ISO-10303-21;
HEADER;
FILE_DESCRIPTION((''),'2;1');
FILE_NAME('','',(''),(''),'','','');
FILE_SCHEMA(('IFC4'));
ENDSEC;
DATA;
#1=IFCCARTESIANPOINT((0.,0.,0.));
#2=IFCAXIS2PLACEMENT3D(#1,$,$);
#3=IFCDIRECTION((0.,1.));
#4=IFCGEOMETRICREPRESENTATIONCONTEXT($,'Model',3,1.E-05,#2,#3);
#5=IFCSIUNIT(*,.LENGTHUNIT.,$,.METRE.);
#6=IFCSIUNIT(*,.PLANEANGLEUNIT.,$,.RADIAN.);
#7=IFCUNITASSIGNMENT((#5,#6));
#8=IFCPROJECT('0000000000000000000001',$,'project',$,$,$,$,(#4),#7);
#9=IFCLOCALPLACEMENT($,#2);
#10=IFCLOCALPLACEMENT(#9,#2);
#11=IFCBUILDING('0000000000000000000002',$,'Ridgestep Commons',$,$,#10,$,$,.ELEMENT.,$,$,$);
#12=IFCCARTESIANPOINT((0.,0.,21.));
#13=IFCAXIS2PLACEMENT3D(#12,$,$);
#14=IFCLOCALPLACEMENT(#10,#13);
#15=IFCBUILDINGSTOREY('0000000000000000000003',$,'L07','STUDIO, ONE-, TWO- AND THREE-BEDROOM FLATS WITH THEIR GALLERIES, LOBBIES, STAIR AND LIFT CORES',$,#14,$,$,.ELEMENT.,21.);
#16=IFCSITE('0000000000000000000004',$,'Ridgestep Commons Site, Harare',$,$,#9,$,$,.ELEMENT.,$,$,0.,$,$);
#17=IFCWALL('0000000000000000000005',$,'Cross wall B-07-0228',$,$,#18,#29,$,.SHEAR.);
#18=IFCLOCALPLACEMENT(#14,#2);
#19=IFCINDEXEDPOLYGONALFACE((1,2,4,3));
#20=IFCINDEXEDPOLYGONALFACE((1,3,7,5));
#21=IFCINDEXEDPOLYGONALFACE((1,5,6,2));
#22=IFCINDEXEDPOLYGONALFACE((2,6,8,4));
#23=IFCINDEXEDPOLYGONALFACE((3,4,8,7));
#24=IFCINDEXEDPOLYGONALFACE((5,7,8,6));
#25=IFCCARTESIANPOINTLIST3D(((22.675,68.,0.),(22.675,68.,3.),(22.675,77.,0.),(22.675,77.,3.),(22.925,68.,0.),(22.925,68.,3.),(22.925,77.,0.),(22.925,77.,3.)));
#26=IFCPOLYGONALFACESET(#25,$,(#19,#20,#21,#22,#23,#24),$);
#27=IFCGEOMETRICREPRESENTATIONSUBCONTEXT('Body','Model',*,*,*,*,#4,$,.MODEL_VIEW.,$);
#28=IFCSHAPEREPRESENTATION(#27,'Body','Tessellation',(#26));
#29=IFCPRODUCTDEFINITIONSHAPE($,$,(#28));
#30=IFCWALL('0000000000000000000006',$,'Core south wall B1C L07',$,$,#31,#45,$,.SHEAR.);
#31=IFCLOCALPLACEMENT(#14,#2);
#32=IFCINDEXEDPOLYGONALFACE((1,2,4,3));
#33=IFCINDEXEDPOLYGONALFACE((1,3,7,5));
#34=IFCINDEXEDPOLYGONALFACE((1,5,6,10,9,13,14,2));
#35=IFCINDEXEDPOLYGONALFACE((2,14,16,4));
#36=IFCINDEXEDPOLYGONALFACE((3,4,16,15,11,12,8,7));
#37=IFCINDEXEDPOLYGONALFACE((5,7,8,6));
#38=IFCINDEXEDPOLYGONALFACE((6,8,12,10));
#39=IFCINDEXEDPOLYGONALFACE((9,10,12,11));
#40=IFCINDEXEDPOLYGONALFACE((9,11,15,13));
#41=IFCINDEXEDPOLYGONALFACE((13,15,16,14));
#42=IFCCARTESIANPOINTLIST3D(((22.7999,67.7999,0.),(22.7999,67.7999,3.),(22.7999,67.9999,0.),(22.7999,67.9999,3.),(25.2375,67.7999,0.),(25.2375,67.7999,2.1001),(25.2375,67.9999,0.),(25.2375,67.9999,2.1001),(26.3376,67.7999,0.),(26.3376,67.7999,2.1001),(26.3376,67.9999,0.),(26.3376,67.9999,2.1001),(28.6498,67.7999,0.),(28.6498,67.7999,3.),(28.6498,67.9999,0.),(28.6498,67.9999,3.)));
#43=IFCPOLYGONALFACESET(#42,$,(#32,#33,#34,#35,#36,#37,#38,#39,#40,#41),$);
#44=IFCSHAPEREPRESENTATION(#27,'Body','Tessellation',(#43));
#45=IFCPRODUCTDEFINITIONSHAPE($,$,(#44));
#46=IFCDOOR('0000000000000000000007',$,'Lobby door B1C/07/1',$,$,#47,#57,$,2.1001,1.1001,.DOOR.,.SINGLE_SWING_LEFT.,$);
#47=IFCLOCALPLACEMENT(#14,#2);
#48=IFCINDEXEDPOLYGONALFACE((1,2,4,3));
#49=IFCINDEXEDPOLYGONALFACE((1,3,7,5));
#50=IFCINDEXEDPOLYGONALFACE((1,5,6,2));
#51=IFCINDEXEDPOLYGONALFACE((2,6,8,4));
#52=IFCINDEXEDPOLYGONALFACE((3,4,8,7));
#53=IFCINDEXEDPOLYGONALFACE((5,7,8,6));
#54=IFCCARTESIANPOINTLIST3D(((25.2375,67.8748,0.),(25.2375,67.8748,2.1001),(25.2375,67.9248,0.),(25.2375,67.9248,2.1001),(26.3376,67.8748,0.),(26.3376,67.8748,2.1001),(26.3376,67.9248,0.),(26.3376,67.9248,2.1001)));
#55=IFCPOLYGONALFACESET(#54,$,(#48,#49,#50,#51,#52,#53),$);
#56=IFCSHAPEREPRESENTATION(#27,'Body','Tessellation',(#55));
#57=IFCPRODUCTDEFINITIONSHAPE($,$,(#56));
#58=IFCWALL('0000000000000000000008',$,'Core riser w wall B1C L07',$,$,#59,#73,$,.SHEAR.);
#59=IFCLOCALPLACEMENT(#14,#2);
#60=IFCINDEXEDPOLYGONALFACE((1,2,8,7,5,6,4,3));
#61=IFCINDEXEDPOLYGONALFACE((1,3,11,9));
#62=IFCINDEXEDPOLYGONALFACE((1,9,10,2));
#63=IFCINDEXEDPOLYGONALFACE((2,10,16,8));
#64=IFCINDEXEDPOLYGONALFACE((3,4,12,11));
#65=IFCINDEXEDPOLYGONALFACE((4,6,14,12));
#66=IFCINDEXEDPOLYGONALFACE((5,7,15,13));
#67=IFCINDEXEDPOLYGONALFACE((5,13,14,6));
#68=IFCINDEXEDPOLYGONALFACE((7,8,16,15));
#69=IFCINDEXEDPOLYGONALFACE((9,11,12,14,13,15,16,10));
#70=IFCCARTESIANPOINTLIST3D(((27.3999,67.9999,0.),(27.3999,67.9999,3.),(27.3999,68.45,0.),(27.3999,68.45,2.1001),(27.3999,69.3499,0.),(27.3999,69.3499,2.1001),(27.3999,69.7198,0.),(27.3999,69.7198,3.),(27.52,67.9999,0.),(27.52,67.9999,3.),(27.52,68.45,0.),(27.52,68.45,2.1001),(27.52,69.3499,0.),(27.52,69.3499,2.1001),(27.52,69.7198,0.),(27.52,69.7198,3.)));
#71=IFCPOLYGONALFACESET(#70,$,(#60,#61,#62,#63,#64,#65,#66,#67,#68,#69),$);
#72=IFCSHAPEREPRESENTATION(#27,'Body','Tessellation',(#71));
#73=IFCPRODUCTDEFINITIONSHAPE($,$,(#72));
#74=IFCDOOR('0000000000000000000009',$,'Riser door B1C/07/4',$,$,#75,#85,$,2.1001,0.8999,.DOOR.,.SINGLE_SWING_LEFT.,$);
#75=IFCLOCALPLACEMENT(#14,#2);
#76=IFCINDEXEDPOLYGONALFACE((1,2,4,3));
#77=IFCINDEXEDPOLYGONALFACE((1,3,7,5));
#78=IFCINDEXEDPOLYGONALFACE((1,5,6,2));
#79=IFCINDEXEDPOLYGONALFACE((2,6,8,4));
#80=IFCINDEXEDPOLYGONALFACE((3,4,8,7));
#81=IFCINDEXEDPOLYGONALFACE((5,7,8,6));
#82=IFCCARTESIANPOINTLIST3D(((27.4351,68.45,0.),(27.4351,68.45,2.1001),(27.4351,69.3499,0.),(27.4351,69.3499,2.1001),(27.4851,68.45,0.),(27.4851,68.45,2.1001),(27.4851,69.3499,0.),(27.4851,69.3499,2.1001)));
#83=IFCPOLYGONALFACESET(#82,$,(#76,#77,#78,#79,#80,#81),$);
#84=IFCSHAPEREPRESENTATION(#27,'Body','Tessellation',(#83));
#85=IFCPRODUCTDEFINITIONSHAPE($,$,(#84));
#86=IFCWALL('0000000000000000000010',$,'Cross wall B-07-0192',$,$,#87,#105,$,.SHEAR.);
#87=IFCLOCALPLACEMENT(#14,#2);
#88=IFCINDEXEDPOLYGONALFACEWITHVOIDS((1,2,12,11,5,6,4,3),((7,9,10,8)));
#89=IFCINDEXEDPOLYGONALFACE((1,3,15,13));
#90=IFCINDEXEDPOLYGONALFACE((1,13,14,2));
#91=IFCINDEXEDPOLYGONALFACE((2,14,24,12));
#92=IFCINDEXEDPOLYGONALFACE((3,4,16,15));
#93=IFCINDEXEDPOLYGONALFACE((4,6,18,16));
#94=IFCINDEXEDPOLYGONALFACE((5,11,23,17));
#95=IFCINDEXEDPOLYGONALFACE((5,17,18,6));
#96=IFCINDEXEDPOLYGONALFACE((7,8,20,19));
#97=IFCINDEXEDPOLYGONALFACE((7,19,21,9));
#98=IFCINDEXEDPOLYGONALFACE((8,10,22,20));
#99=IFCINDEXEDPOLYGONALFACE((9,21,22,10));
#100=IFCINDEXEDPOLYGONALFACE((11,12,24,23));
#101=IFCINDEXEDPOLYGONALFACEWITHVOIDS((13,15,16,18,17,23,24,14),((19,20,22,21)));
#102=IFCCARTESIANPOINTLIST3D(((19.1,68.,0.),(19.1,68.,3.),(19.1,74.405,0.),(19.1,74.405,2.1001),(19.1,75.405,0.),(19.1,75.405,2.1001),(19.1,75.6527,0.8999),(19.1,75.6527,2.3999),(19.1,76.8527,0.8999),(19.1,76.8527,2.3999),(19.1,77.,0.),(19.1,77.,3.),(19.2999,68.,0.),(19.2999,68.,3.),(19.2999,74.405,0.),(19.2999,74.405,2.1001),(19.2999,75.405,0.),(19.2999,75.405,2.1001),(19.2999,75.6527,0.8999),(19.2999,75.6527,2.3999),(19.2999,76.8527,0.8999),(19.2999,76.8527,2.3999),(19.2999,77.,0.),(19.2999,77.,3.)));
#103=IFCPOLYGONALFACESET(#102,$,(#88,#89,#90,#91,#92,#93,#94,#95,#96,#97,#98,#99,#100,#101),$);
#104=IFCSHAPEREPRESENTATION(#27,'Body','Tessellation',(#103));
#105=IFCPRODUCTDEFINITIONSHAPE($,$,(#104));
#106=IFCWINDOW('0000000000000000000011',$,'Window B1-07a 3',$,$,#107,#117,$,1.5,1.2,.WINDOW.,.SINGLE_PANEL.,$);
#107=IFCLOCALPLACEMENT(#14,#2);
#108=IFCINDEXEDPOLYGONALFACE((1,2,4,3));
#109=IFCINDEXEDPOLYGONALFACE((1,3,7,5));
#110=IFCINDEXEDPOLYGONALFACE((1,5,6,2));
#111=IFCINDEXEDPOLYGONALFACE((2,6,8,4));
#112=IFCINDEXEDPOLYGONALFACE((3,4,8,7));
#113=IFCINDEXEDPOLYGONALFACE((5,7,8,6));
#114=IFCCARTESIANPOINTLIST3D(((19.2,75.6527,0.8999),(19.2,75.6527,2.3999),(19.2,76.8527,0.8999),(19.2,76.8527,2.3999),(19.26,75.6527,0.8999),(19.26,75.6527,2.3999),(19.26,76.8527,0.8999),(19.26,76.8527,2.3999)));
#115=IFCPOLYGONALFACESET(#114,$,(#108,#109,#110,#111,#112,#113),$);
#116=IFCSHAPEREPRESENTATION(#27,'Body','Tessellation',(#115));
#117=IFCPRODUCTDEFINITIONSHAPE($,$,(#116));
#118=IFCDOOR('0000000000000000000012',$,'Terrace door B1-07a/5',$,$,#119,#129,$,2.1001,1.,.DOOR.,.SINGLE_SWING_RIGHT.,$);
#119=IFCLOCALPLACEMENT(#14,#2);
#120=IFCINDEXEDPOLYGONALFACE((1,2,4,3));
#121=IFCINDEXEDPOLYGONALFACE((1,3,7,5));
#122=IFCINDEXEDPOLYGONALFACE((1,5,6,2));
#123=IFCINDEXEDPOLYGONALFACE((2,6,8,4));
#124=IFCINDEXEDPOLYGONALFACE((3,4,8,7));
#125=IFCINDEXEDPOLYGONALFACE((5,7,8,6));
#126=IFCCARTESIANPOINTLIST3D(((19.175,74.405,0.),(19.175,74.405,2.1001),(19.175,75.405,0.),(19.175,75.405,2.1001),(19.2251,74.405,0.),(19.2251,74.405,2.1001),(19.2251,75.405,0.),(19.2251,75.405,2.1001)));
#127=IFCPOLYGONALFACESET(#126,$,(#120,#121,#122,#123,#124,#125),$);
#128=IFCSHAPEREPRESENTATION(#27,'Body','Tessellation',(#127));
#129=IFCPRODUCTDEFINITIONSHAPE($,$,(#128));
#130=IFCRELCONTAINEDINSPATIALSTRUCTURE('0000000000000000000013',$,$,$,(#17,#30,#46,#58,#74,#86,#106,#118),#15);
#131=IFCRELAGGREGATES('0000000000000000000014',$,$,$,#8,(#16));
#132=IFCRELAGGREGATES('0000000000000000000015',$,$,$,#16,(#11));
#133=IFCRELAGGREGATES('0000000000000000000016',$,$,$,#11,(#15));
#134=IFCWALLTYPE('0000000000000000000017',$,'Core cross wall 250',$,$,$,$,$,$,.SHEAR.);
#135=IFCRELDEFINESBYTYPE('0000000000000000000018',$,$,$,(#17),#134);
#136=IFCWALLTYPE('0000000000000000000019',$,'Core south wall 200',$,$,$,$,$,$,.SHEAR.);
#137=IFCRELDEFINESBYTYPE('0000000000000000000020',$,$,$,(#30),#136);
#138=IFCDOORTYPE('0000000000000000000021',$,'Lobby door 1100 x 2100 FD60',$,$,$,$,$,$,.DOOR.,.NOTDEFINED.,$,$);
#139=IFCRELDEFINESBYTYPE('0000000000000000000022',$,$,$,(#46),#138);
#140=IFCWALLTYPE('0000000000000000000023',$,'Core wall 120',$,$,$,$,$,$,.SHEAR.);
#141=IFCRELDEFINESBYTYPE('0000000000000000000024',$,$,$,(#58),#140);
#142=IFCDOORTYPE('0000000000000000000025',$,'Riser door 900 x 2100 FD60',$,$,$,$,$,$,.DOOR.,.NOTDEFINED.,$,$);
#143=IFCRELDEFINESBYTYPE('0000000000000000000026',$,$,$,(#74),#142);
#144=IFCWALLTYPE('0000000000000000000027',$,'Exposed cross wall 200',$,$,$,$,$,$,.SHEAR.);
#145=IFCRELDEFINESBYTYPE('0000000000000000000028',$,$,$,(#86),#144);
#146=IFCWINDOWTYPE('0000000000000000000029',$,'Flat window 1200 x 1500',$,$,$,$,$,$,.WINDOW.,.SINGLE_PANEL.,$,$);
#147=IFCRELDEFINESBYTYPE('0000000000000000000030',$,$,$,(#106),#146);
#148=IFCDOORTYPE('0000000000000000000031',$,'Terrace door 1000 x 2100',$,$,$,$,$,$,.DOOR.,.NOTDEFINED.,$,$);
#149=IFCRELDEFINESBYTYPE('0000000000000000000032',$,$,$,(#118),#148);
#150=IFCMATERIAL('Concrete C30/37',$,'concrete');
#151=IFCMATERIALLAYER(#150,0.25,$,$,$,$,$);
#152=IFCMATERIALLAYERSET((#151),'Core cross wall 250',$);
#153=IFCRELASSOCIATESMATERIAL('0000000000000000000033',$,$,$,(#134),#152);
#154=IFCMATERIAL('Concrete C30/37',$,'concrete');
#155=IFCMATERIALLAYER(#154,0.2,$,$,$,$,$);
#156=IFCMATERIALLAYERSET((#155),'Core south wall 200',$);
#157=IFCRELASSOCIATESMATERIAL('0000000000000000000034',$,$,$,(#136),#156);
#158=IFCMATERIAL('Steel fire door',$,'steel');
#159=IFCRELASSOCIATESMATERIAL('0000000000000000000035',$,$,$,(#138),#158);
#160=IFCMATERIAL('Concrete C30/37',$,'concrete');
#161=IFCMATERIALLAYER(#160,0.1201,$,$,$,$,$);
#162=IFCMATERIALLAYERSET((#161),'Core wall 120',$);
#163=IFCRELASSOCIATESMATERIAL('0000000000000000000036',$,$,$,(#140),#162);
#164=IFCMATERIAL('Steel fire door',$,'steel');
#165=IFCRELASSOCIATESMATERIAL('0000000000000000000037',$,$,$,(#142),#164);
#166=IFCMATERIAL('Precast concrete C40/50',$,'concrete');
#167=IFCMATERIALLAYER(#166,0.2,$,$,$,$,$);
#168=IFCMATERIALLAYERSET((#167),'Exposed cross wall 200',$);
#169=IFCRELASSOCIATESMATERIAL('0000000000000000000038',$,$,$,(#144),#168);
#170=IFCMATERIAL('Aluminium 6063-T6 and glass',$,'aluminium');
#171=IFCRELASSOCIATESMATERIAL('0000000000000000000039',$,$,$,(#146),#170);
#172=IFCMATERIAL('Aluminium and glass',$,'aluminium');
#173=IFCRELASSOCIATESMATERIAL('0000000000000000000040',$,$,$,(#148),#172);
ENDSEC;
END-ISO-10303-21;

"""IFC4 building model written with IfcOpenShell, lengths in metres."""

from ifc_helpers import new_model, si_unit, direction, frame, frame_2d, origin, place, context, subcontext, project, spatial, rectangle, extrude, material, layer, layer_set, type_object, element, fill, save


model = new_model("IFC4")

# Units and contexts
model_context = context("Model", 3, precision=1e-05, world=origin(), true_north=direction((0.0, 1.0)))
body_context = subcontext(model_context, "Body", "Model", "MODEL_VIEW")
ifc_project = project(units=[si_unit("LENGTHUNIT", "METRE"), si_unit("PLANEANGLEUNIT", "RADIAN")], contexts=[model_context])

# Site, building, storey
site_placement = place(None, origin())
site = spatial("IfcSite", under=ifc_project, at=site_placement, Name="Ridgestep Commons Site, Harare", CompositionType="ELEMENT", RefElevation=0.0)
building_placement = place(site_placement, origin())
building = spatial("IfcBuilding", under=site, at=building_placement, Name="Ridgestep Commons", CompositionType="ELEMENT")
storey_placement = place(building_placement, frame((0.0, 0.0, 21.0)))
storey = spatial("IfcBuildingStorey", under=building, at=storey_placement, Name="L07", Description="STUDIO, ONE-, TWO- AND THREE-BEDROOM FLATS WITH THEIR GALLERIES, LOBBIES, STAIR AND LIFT CORES", CompositionType="ELEMENT", Elevation=21.0)

# Wall
ifc_material_1 = material(Name="Concrete C30/37", Category="concrete")
ifc_layer_1 = layer(ifc_material_1, 0.25)
ifc_layer_set_1 = layer_set([ifc_layer_1], Name="Core cross wall 250")
wall_type_1 = type_object("IfcWallType", Name="Core cross wall 250", PredefinedType="SHEAR", material=ifc_layer_set_1)
wall_1_placement = place(storey_placement, frame((22.8, 68.0, 0.0), z_axis=(0.0, 0.0, 1.0), x_axis=(0.0, 1.0, 0.0)))
element("IfcWall", 1, at=wall_1_placement, inside=storey, type_object=wall_type_1, Name="Cross wall B-07-0228", PredefinedType="SHEAR", context=body_context, shape_type="SweptSolid", body=[
    extrude(rectangle(XDim=9.0, YDim=0.25, at=frame_2d((4.5, 0.0))), origin(), (0.0, 0.0, 1.0), 3.0),
])

# Walls, openings, doors
ifc_material_2 = material(Name="Concrete C30/37", Category="concrete")
ifc_layer_2 = layer(ifc_material_2, 0.2)
ifc_layer_set_2 = layer_set([ifc_layer_2], Name="Core south wall 200")
wall_type_2 = type_object("IfcWallType", Name="Core south wall 200", PredefinedType="SHEAR", material=ifc_layer_set_2)
wall_2_placement = place(storey_placement, frame((22.8, 67.8999, 0.0), z_axis=(0.0, 0.0, 1.0), x_axis=(1.0, 0.0, 0.0)))
wall_2 = element("IfcWall", 2, at=wall_2_placement, inside=storey, type_object=wall_type_2, Name="Core south wall B1C L07", PredefinedType="SHEAR", context=body_context, shape_type="SweptSolid", body=[
    extrude(rectangle(XDim=5.8499, YDim=0.2, at=frame_2d((2.9248, 0.0))), origin(), (0.0, 0.0, 1.0), 3.0),
])
opening_1_placement = place(wall_2_placement, frame((2.4375, 0.0, 0.0)))
opening_1 = element("IfcOpeningElement", 3, at=opening_1_placement, cuts=wall_2, PredefinedType="OPENING", context=body_context, shape_type="SweptSolid", body=[
    extrude(rectangle(XDim=1.1001, YDim=2.1001, at=frame_2d((0.55, 1.05))), frame((0.0, 0.1099, 0.0), z_axis=(0.0, -1.0, 0.0), x_axis=(1.0, 0.0, 0.0)), (0.0, 0.0, 1.0), 0.22),
])
ifc_material_3 = material(Name="Steel fire door", Category="steel")
door_type_1 = type_object("IfcDoorType", Name="Lobby door 1100 x 2100 FD60", OperationType="NOTDEFINED", PredefinedType="DOOR", material=ifc_material_3)
door_1_placement = place(opening_1_placement, origin())
door_1 = element("IfcDoor", 4, at=door_1_placement, inside=storey, type_object=door_type_1, Name="Lobby door B1C/07/1", OperationType="SINGLE_SWING_LEFT", OverallHeight=2.1001, OverallWidth=1.1001, PredefinedType="DOOR", context=body_context, shape_type="SweptSolid", body=[
    extrude(rectangle(XDim=1.1001, YDim=2.1001, at=frame_2d((0.55, 1.05))), frame((0.0, 0.0249, 0.0), z_axis=(0.0, -1.0, 0.0), x_axis=(1.0, 0.0, 0.0)), (0.0, 0.0, 1.0), 0.05),
])
fill(opening_1, door_1)
ifc_material_4 = material(Name="Concrete C30/37", Category="concrete")
ifc_layer_3 = layer(ifc_material_4, 0.1201)
ifc_layer_set_3 = layer_set([ifc_layer_3], Name="Core wall 120")
wall_type_3 = type_object("IfcWallType", Name="Core wall 120", PredefinedType="SHEAR", material=ifc_layer_set_3)
wall_3_placement = place(storey_placement, frame((27.46, 68.0, 0.0), z_axis=(0.0, 0.0, 1.0), x_axis=(0.0, 1.0, 0.0)))
wall_3 = element("IfcWall", 5, at=wall_3_placement, inside=storey, type_object=wall_type_3, Name="Core riser w wall B1C L07", PredefinedType="SHEAR", context=body_context, shape_type="SweptSolid", body=[
    extrude(rectangle(XDim=1.72, YDim=0.1201, at=frame_2d((0.8599, 0.0))), origin(), (0.0, 0.0, 1.0), 3.0),
])
opening_2_placement = place(wall_3_placement, frame((0.45, 0.0, 0.0)))
opening_2 = element("IfcOpeningElement", 6, at=opening_2_placement, cuts=wall_3, PredefinedType="OPENING", context=body_context, shape_type="SweptSolid", body=[
    extrude(rectangle(XDim=0.8999, YDim=2.1001, at=frame_2d((0.45, 1.05))), frame((0.0, 0.0701, 0.0), z_axis=(0.0, -1.0, 0.0), x_axis=(1.0, 0.0, 0.0)), (0.0, 0.0, 1.0), 0.1401),
])
ifc_material_5 = material(Name="Steel fire door", Category="steel")
door_type_2 = type_object("IfcDoorType", Name="Riser door 900 x 2100 FD60", OperationType="NOTDEFINED", PredefinedType="DOOR", material=ifc_material_5)
door_2_placement = place(opening_2_placement, origin())
door_2 = element("IfcDoor", 7, at=door_2_placement, inside=storey, type_object=door_type_2, Name="Riser door B1C/07/4", OperationType="SINGLE_SWING_LEFT", OverallHeight=2.1001, OverallWidth=0.8999, PredefinedType="DOOR", context=body_context, shape_type="SweptSolid", body=[
    extrude(rectangle(XDim=0.8999, YDim=2.1001, at=frame_2d((0.45, 1.05))), frame((0.0, 0.0249, 0.0), z_axis=(0.0, -1.0, 0.0), x_axis=(1.0, 0.0, 0.0)), (0.0, 0.0, 1.0), 0.05),
])
fill(opening_2, door_2)

# Wall, openings, window, door
ifc_material_6 = material(Name="Precast concrete C40/50", Category="concrete")
ifc_layer_4 = layer(ifc_material_6, 0.2)
ifc_layer_set_4 = layer_set([ifc_layer_4], Name="Exposed cross wall 200")
wall_type_4 = type_object("IfcWallType", Name="Exposed cross wall 200", PredefinedType="SHEAR", material=ifc_layer_set_4)
wall_4_placement = place(storey_placement, frame((19.2, 68.0, 0.0), z_axis=(0.0, 0.0, 1.0), x_axis=(0.0, 1.0, 0.0)))
wall_4 = element("IfcWall", 8, at=wall_4_placement, inside=storey, type_object=wall_type_4, Name="Cross wall B-07-0192", PredefinedType="SHEAR", context=body_context, shape_type="SweptSolid", body=[
    extrude(rectangle(XDim=9.0, YDim=0.2, at=frame_2d((4.5, 0.0))), origin(), (0.0, 0.0, 1.0), 3.0),
])
opening_3_placement = place(wall_4_placement, frame((7.6526, 0.0, 0.8999)))
opening_3 = element("IfcOpeningElement", 9, at=opening_3_placement, cuts=wall_4, PredefinedType="OPENING", context=body_context, shape_type="SweptSolid", body=[
    extrude(rectangle(XDim=1.2, YDim=1.5, at=frame_2d((0.6001, 0.75))), frame((0.0, 0.1099, 0.0), z_axis=(0.0, -1.0, 0.0), x_axis=(1.0, 0.0, 0.0)), (0.0, 0.0, 1.0), 0.22),
])
opening_4_placement = place(wall_4_placement, frame((6.405, 0.0, 0.0)))
opening_4 = element("IfcOpeningElement", 10, at=opening_4_placement, cuts=wall_4, PredefinedType="OPENING", context=body_context, shape_type="SweptSolid", body=[
    extrude(rectangle(XDim=1.0, YDim=2.1001, at=frame_2d((0.5, 1.05))), frame((0.0, 0.1099, 0.0), z_axis=(0.0, -1.0, 0.0), x_axis=(1.0, 0.0, 0.0)), (0.0, 0.0, 1.0), 0.22),
])
ifc_material_7 = material(Name="Aluminium 6063-T6 and glass", Category="aluminium")
window_type_1 = type_object("IfcWindowType", Name="Flat window 1200 x 1500", PartitioningType="SINGLE_PANEL", PredefinedType="WINDOW", material=ifc_material_7)
window_1_placement = place(opening_3_placement, origin())
window_1 = element("IfcWindow", 11, at=window_1_placement, inside=storey, type_object=window_type_1, Name="Window B1-07a 3", OverallHeight=1.5, OverallWidth=1.2, PartitioningType="SINGLE_PANEL", PredefinedType="WINDOW", context=body_context, shape_type="SweptSolid", body=[
    extrude(rectangle(XDim=1.2, YDim=1.5, at=frame_2d((0.6001, 0.75))), frame((0.0, 0.0, 0.0), z_axis=(0.0, -1.0, 0.0), x_axis=(1.0, 0.0, 0.0)), (0.0, 0.0, 1.0), 0.0601),
])
fill(opening_3, window_1)
ifc_material_8 = material(Name="Aluminium and glass", Category="aluminium")
door_type_3 = type_object("IfcDoorType", Name="Terrace door 1000 x 2100", OperationType="NOTDEFINED", PredefinedType="DOOR", material=ifc_material_8)
door_3_placement = place(opening_4_placement, origin())
door_3 = element("IfcDoor", 12, at=door_3_placement, inside=storey, type_object=door_type_3, Name="Terrace door B1-07a/5", OperationType="SINGLE_SWING_RIGHT", OverallHeight=2.1001, OverallWidth=1.0, PredefinedType="DOOR", context=body_context, shape_type="SweptSolid", body=[
    extrude(rectangle(XDim=1.0, YDim=2.1001, at=frame_2d((0.5, 1.05))), frame((0.0, 0.0249, 0.0), z_axis=(0.0, -1.0, 0.0), x_axis=(1.0, 0.0, 0.0)), (0.0, 0.0, 1.0), 0.05),
])
fill(opening_4, door_3)

save(model, "model.ifc")
